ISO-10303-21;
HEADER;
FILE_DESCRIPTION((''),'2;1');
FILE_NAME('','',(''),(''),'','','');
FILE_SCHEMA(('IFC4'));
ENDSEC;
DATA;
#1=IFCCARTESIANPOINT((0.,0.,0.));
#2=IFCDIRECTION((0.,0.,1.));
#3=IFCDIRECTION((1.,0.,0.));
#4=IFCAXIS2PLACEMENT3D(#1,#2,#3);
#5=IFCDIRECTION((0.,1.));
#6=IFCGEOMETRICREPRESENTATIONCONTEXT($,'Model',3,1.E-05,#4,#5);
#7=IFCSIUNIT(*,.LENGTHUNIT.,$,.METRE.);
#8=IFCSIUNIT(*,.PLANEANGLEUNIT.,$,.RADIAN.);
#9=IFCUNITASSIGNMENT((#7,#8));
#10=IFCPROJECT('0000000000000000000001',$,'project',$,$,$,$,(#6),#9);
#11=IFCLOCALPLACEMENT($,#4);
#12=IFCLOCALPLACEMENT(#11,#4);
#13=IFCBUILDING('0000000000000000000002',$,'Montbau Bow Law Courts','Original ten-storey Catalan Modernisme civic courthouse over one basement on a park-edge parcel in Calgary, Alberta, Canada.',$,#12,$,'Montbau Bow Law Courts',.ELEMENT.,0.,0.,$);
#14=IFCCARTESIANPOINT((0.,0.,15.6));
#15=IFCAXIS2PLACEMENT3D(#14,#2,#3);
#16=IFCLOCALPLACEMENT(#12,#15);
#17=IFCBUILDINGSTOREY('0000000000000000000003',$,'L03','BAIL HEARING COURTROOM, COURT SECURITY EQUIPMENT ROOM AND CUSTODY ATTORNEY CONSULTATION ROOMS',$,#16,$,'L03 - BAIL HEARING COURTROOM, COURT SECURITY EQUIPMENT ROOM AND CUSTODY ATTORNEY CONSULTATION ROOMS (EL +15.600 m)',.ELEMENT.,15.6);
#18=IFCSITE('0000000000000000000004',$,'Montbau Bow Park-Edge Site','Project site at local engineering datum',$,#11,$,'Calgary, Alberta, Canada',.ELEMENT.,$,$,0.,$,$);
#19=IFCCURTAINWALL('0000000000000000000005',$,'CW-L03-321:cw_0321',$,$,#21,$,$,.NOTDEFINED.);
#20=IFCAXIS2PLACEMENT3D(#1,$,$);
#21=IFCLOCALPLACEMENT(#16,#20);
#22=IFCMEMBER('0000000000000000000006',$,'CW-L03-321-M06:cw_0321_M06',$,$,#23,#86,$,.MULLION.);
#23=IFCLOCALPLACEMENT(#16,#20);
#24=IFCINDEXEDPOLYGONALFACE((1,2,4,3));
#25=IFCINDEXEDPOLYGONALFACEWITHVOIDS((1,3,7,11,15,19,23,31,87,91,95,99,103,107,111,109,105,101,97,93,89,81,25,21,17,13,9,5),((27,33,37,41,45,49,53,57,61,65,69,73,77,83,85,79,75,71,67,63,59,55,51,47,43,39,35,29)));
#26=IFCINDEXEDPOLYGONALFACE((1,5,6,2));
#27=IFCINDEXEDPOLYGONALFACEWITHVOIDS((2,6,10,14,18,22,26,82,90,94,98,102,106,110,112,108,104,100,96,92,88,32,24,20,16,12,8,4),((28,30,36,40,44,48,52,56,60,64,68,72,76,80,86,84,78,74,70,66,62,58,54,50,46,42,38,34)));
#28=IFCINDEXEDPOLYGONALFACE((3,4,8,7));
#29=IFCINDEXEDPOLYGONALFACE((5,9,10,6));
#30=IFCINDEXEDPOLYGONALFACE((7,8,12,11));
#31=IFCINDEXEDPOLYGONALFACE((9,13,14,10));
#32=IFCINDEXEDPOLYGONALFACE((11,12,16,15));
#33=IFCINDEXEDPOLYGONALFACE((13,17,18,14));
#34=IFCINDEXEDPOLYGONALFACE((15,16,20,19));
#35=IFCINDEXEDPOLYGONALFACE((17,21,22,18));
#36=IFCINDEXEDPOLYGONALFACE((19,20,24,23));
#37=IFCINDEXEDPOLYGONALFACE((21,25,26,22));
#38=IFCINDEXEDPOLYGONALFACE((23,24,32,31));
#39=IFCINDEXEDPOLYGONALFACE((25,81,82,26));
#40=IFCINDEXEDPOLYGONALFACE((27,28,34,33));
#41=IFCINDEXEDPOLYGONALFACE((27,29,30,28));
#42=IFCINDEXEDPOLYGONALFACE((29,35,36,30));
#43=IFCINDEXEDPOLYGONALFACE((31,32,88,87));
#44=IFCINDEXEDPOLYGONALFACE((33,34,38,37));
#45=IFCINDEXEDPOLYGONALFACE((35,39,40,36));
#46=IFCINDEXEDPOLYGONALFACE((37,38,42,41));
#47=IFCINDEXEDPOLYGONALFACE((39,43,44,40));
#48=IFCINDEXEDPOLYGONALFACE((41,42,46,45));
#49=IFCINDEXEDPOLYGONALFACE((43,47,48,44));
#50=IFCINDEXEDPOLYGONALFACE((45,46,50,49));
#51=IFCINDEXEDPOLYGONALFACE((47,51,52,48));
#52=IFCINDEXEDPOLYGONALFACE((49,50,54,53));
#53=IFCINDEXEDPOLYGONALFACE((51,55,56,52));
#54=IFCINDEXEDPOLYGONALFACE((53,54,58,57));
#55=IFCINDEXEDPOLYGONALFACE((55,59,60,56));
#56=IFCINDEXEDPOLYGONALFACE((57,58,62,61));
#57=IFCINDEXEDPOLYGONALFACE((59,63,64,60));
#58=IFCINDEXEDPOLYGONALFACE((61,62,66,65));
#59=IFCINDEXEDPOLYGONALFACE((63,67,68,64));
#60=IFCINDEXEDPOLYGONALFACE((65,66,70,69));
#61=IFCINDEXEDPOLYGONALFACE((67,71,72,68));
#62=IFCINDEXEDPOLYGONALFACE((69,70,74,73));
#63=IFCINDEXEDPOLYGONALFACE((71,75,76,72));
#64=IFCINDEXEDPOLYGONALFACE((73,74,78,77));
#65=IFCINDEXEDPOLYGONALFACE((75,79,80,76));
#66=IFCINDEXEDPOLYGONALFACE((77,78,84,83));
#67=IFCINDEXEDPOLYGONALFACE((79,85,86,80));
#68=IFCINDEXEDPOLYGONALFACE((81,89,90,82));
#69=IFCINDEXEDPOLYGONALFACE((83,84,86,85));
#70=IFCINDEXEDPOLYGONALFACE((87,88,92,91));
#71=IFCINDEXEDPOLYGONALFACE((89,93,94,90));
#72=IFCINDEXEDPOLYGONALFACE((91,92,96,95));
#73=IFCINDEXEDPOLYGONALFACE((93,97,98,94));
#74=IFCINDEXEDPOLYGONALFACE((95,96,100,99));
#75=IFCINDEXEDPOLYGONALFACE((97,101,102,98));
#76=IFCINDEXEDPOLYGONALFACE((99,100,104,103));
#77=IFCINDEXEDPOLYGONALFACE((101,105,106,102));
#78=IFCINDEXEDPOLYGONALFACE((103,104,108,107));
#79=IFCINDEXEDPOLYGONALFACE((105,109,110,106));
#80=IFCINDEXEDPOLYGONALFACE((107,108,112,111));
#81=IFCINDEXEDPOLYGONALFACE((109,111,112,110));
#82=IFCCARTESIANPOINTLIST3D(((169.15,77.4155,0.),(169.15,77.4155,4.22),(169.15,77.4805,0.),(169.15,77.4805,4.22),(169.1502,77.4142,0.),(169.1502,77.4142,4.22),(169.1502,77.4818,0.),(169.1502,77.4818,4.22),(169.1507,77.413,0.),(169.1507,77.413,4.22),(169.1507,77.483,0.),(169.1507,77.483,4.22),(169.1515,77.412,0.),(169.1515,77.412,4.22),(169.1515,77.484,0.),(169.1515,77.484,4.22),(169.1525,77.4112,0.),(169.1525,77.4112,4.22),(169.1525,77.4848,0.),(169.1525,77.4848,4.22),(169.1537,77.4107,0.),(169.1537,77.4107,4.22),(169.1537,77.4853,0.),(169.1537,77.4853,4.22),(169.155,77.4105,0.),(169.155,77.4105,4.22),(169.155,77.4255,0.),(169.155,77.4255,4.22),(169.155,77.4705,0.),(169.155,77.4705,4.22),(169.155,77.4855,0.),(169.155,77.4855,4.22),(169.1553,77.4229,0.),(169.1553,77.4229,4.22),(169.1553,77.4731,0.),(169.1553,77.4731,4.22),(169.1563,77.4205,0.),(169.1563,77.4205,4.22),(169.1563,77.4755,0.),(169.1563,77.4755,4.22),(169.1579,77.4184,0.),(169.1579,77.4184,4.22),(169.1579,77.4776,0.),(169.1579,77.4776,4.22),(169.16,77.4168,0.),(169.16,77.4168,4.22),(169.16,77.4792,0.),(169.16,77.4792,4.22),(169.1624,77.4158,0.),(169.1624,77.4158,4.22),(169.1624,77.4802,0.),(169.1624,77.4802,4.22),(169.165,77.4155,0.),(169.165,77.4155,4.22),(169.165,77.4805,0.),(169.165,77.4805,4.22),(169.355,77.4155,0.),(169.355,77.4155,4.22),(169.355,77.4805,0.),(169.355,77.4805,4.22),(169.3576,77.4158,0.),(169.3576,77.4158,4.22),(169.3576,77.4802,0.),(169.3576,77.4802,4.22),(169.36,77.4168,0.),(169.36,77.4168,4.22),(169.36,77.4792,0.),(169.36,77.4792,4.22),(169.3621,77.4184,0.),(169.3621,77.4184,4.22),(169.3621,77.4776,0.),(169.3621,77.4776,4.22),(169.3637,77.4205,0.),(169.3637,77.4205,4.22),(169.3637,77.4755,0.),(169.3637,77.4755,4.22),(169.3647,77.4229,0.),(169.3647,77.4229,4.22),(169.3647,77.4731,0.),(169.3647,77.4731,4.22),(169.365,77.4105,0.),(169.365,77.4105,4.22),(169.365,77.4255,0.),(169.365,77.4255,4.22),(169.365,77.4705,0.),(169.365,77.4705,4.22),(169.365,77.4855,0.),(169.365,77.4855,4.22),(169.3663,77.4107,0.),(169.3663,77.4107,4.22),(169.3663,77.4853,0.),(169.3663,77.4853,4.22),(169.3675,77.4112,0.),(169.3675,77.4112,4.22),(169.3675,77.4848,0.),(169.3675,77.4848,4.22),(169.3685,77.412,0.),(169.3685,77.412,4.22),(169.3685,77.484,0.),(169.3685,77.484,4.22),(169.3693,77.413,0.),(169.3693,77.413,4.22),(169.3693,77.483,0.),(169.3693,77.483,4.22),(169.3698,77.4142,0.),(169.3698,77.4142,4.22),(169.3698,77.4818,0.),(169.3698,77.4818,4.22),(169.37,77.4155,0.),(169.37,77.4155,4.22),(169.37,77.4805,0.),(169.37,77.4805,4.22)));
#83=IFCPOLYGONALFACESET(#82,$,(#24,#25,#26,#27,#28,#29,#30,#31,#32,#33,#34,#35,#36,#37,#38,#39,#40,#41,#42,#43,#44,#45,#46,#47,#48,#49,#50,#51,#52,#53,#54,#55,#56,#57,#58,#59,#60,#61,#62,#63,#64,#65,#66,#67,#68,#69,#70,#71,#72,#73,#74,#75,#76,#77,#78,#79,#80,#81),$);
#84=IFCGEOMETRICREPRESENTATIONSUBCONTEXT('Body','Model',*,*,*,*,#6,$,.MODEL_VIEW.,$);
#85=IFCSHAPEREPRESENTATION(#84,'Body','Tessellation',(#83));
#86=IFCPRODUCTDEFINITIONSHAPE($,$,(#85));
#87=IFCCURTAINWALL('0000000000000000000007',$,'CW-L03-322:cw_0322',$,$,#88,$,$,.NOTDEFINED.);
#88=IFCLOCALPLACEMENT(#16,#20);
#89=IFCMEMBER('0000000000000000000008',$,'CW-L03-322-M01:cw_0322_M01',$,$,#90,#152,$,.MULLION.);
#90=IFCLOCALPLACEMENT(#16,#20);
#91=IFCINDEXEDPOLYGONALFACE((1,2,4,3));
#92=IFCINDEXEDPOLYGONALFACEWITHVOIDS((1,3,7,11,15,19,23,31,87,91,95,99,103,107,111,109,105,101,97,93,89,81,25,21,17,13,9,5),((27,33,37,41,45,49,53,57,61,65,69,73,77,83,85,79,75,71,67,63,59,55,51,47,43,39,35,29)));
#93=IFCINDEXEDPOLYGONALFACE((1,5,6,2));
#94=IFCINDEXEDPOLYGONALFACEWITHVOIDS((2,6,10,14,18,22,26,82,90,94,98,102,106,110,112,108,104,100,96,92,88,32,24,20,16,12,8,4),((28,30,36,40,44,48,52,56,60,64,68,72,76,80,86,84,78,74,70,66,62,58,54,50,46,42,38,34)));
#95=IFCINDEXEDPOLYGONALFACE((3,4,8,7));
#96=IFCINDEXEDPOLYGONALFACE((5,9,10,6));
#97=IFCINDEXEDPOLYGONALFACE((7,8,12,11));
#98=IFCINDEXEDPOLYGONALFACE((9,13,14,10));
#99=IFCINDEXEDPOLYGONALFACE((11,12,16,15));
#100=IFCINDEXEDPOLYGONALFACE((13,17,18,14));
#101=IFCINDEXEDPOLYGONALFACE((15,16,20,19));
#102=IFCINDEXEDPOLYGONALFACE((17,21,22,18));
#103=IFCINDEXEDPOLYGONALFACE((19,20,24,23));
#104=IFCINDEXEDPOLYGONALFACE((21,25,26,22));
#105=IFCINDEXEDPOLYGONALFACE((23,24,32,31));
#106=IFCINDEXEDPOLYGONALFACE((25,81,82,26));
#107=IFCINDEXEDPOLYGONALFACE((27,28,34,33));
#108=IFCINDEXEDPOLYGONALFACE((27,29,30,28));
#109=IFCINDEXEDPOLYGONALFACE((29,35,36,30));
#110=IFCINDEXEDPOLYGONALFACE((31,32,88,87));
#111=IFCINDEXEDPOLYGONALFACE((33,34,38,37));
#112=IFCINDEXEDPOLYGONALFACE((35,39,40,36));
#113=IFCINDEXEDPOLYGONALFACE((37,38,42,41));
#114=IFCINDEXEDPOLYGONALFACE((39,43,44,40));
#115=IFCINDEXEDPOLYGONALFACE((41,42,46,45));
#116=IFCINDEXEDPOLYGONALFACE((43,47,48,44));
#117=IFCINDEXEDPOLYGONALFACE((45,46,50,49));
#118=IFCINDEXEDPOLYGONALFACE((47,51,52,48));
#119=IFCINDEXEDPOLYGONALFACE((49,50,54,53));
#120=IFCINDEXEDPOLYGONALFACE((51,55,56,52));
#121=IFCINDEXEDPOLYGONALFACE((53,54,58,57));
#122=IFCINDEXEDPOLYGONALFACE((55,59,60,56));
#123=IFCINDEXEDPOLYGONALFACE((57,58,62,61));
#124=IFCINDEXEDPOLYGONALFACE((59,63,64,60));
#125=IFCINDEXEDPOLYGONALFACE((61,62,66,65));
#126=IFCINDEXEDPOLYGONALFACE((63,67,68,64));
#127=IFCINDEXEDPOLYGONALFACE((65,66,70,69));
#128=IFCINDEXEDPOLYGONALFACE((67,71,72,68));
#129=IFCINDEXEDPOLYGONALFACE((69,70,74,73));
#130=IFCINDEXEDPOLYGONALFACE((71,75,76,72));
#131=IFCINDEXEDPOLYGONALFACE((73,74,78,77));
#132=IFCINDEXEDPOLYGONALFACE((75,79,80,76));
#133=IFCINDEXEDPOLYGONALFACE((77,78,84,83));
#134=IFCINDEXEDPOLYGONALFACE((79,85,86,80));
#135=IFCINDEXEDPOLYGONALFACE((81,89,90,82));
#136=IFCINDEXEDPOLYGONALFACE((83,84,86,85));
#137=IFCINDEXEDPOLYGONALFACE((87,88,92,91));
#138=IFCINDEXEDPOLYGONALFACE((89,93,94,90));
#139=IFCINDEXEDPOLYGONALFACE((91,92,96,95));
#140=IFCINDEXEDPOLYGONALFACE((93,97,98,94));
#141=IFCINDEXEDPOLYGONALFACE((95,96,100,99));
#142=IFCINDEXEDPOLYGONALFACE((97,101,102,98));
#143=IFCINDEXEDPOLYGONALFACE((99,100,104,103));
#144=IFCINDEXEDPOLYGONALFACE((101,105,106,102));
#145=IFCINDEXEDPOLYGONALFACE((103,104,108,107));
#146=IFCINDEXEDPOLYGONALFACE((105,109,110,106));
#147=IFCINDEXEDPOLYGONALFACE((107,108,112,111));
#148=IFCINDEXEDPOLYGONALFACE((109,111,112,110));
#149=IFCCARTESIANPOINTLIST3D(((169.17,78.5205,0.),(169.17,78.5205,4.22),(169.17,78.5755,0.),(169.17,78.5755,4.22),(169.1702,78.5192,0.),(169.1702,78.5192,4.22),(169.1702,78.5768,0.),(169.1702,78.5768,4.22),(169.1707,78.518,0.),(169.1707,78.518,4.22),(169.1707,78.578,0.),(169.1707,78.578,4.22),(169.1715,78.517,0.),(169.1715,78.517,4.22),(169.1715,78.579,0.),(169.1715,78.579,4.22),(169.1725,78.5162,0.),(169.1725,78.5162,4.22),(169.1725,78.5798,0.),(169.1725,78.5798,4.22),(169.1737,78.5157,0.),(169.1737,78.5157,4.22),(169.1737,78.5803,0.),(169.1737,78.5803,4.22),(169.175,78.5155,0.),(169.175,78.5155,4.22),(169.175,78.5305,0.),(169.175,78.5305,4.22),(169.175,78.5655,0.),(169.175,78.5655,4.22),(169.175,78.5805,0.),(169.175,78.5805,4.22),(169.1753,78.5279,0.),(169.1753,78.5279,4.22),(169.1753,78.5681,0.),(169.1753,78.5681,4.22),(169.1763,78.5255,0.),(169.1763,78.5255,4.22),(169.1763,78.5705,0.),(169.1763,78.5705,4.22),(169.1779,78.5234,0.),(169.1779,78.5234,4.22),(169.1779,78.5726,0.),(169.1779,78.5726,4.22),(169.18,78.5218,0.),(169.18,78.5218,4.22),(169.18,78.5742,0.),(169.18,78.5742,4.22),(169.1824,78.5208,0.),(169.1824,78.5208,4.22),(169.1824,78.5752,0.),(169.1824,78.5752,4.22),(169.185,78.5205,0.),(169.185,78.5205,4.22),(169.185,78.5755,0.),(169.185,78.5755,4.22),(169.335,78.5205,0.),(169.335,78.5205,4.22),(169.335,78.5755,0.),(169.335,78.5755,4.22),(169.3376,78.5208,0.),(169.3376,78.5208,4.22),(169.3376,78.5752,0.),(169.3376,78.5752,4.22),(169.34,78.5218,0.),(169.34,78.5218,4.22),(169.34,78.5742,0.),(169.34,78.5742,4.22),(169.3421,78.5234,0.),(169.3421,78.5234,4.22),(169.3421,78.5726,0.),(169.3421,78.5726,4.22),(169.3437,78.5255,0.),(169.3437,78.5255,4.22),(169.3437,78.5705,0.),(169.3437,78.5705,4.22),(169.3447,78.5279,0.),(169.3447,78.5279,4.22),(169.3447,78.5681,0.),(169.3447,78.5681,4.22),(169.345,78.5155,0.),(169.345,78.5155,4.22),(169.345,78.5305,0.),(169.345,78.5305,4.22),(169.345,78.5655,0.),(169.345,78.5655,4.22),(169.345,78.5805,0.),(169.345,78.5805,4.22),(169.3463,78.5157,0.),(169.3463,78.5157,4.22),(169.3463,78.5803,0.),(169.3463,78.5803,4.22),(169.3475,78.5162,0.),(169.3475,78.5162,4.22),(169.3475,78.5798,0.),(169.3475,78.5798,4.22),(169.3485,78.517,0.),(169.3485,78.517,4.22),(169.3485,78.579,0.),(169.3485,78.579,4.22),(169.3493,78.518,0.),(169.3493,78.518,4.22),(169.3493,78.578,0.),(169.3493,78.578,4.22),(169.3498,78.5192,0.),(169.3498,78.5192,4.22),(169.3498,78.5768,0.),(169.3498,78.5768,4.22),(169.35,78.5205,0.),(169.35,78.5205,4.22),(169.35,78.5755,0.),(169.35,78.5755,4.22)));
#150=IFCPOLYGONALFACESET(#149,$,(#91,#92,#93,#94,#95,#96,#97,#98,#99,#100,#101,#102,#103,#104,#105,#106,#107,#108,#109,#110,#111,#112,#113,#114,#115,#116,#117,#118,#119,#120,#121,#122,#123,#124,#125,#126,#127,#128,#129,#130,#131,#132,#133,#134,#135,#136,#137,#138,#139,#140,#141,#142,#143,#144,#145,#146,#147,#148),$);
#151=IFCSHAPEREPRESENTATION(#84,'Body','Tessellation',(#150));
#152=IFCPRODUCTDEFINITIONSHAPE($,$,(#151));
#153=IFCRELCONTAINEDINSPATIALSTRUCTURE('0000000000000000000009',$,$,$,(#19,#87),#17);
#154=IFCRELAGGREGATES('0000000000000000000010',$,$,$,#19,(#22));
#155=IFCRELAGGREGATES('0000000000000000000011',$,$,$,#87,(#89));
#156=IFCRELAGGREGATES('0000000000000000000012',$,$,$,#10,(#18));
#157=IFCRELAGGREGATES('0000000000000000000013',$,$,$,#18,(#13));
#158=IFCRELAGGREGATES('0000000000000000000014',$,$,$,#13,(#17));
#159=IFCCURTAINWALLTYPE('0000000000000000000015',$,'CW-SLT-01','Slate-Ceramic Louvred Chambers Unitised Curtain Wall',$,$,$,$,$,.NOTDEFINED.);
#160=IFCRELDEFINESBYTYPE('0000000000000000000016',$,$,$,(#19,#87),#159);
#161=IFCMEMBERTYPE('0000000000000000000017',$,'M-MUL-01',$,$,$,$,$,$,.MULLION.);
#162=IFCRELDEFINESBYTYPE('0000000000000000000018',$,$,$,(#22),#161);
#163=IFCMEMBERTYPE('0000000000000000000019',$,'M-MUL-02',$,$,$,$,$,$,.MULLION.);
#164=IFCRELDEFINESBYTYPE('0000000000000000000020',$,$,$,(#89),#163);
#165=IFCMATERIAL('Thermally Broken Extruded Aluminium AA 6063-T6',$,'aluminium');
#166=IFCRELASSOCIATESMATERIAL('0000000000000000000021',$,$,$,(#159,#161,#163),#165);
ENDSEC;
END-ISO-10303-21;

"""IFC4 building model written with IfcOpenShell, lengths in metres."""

from ifc_helpers import new_model, si_unit, direction, frame, origin_with_axes, origin_2d_with_axis, place, context, subcontext, project, spatial, hollow_rectangle, extrude, material, material_profile, profile_set, type_object, element, aggregate, save


model = new_model("IFC4")

# Units and contexts
model_context = context("Model", 3, precision=1e-05, world=origin_with_axes(), true_north=direction((0.0, 1.0)))
body_context = subcontext(model_context, "Body", "Model", "MODEL_VIEW")
ifc_project = project(units=[si_unit("LENGTHUNIT", "METRE"), si_unit("PLANEANGLEUNIT", "RADIAN")], contexts=[model_context])

# Site, building, storey
site_placement = place(None, origin_with_axes())
site = spatial("IfcSite", under=ifc_project, at=site_placement, Name="Montbau Bow Park-Edge Site", Description="Project site at local engineering datum", LongName="Calgary, Alberta, Canada", CompositionType="ELEMENT", RefElevation=0.0)
building_placement = place(site_placement, origin_with_axes())
building = spatial("IfcBuilding", under=site, at=building_placement, Name="Montbau Bow Law Courts", Description="Original ten-storey Catalan Modernisme civic courthouse over one basement on a park-edge parcel in Calgary, Alberta, Canada.", LongName="Montbau Bow Law Courts", CompositionType="ELEMENT", ElevationOfRefHeight=0.0, ElevationOfTerrain=0.0)
storey_placement = place(building_placement, frame((0.0, 0.0, 15.6), z_axis=(0.0, 0.0, 1.0), x_axis=(1.0, 0.0, 0.0)))
storey = spatial("IfcBuildingStorey", under=building, at=storey_placement, Name="L03", Description="BAIL HEARING COURTROOM, COURT SECURITY EQUIPMENT ROOM AND CUSTODY ATTORNEY CONSULTATION ROOMS", LongName="L03 - BAIL HEARING COURTROOM, COURT SECURITY EQUIPMENT ROOM AND CUSTODY ATTORNEY CONSULTATION ROOMS (EL +15.600 m)", CompositionType="ELEMENT", Elevation=15.6)

# Curtain wall, member
ifc_material_1 = material(Name="Thermally Broken Extruded Aluminium AA 6063-T6", Category="aluminium")
curtain_wall_type = type_object("IfcCurtainWallType", Name="CW-SLT-01", Description="Slate-Ceramic Louvred Chambers Unitised Curtain Wall", PredefinedType="NOTDEFINED", material=ifc_material_1)
curtain_wall_1_placement = place(None, frame((169.26, 70.115, 15.6), z_axis=(0.0, 0.0, 1.0), x_axis=(1.0, 0.0, 0.0)))
curtain_wall_1 = element("IfcCurtainWall", 1, at=curtain_wall_1_placement, inside=storey, type_object=curtain_wall_type, Name="CW-L03-321:cw_0321", PredefinedType="NOTDEFINED")
ifc_material_profile_1 = material_profile(ifc_material_1, hollow_rectangle(XDim=0.075, YDim=0.22, WallThickness=0.005, InnerFilletRadius=0.01, OuterFilletRadius=0.005, at=origin_2d_with_axis()), Name="CWM-220X75", Category="Main", Priority=0)
ifc_profile_set_1 = profile_set([ifc_material_profile_1], Name="Thermally Broken Extruded Aluminium AA 6063-T6")
member_type_1 = type_object("IfcMemberType", Name="M-MUL-01", PredefinedType="MULLION", material=ifc_profile_set_1)
member_1_placement = place(None, frame((169.26, 77.448, 15.6), z_axis=(0.0, 0.0, 1.0), x_axis=(0.0, 1.0, 0.0)))
member_1 = element("IfcMember", 2, at=member_1_placement, type_object=member_type_1, Name="CW-L03-321-M06:cw_0321_M06", PredefinedType="MULLION", context=body_context, shape_type="SweptSolid", body=[
    extrude(hollow_rectangle(XDim=0.075, YDim=0.22, WallThickness=0.005, InnerFilletRadius=0.01, OuterFilletRadius=0.005, at=origin_2d_with_axis()), origin_with_axes(), (0.0, 0.0, 1.0), 4.22),
])

# Curtain wall, member
curtain_wall_2_placement = place(None, frame((169.26, 78.515, 15.6), z_axis=(0.0, 0.0, 1.0), x_axis=(1.0, 0.0, 0.0)))
curtain_wall_2 = element("IfcCurtainWall", 3, at=curtain_wall_2_placement, inside=storey, type_object=curtain_wall_type, Name="CW-L03-322:cw_0322", PredefinedType="NOTDEFINED")
ifc_material_profile_2 = material_profile(ifc_material_1, hollow_rectangle(XDim=0.065, YDim=0.18, WallThickness=0.005, InnerFilletRadius=0.01, OuterFilletRadius=0.005, at=origin_2d_with_axis()), Name="CWM-180X65", Category="Main", Priority=0)
ifc_profile_set_2 = profile_set([ifc_material_profile_2], Name="Thermally Broken Extruded Aluminium AA 6063-T6")
member_type_2 = type_object("IfcMemberType", Name="M-MUL-02", PredefinedType="MULLION", material=ifc_profile_set_2)
member_2_placement = place(None, frame((169.26, 78.548, 15.6), z_axis=(0.0, 0.0, 1.0), x_axis=(0.0, 1.0, 0.0)))
member_2 = element("IfcMember", 4, at=member_2_placement, type_object=member_type_2, Name="CW-L03-322-M01:cw_0322_M01", PredefinedType="MULLION", context=body_context, shape_type="SweptSolid", body=[
    extrude(hollow_rectangle(XDim=0.065, YDim=0.18, WallThickness=0.005, InnerFilletRadius=0.01, OuterFilletRadius=0.005, at=origin_2d_with_axis()), origin_with_axes(), (0.0, 0.0, 1.0), 4.22),
])

aggregate(curtain_wall_1, [member_1])

aggregate(curtain_wall_2, [member_2])

save(model, "model.ifc")
